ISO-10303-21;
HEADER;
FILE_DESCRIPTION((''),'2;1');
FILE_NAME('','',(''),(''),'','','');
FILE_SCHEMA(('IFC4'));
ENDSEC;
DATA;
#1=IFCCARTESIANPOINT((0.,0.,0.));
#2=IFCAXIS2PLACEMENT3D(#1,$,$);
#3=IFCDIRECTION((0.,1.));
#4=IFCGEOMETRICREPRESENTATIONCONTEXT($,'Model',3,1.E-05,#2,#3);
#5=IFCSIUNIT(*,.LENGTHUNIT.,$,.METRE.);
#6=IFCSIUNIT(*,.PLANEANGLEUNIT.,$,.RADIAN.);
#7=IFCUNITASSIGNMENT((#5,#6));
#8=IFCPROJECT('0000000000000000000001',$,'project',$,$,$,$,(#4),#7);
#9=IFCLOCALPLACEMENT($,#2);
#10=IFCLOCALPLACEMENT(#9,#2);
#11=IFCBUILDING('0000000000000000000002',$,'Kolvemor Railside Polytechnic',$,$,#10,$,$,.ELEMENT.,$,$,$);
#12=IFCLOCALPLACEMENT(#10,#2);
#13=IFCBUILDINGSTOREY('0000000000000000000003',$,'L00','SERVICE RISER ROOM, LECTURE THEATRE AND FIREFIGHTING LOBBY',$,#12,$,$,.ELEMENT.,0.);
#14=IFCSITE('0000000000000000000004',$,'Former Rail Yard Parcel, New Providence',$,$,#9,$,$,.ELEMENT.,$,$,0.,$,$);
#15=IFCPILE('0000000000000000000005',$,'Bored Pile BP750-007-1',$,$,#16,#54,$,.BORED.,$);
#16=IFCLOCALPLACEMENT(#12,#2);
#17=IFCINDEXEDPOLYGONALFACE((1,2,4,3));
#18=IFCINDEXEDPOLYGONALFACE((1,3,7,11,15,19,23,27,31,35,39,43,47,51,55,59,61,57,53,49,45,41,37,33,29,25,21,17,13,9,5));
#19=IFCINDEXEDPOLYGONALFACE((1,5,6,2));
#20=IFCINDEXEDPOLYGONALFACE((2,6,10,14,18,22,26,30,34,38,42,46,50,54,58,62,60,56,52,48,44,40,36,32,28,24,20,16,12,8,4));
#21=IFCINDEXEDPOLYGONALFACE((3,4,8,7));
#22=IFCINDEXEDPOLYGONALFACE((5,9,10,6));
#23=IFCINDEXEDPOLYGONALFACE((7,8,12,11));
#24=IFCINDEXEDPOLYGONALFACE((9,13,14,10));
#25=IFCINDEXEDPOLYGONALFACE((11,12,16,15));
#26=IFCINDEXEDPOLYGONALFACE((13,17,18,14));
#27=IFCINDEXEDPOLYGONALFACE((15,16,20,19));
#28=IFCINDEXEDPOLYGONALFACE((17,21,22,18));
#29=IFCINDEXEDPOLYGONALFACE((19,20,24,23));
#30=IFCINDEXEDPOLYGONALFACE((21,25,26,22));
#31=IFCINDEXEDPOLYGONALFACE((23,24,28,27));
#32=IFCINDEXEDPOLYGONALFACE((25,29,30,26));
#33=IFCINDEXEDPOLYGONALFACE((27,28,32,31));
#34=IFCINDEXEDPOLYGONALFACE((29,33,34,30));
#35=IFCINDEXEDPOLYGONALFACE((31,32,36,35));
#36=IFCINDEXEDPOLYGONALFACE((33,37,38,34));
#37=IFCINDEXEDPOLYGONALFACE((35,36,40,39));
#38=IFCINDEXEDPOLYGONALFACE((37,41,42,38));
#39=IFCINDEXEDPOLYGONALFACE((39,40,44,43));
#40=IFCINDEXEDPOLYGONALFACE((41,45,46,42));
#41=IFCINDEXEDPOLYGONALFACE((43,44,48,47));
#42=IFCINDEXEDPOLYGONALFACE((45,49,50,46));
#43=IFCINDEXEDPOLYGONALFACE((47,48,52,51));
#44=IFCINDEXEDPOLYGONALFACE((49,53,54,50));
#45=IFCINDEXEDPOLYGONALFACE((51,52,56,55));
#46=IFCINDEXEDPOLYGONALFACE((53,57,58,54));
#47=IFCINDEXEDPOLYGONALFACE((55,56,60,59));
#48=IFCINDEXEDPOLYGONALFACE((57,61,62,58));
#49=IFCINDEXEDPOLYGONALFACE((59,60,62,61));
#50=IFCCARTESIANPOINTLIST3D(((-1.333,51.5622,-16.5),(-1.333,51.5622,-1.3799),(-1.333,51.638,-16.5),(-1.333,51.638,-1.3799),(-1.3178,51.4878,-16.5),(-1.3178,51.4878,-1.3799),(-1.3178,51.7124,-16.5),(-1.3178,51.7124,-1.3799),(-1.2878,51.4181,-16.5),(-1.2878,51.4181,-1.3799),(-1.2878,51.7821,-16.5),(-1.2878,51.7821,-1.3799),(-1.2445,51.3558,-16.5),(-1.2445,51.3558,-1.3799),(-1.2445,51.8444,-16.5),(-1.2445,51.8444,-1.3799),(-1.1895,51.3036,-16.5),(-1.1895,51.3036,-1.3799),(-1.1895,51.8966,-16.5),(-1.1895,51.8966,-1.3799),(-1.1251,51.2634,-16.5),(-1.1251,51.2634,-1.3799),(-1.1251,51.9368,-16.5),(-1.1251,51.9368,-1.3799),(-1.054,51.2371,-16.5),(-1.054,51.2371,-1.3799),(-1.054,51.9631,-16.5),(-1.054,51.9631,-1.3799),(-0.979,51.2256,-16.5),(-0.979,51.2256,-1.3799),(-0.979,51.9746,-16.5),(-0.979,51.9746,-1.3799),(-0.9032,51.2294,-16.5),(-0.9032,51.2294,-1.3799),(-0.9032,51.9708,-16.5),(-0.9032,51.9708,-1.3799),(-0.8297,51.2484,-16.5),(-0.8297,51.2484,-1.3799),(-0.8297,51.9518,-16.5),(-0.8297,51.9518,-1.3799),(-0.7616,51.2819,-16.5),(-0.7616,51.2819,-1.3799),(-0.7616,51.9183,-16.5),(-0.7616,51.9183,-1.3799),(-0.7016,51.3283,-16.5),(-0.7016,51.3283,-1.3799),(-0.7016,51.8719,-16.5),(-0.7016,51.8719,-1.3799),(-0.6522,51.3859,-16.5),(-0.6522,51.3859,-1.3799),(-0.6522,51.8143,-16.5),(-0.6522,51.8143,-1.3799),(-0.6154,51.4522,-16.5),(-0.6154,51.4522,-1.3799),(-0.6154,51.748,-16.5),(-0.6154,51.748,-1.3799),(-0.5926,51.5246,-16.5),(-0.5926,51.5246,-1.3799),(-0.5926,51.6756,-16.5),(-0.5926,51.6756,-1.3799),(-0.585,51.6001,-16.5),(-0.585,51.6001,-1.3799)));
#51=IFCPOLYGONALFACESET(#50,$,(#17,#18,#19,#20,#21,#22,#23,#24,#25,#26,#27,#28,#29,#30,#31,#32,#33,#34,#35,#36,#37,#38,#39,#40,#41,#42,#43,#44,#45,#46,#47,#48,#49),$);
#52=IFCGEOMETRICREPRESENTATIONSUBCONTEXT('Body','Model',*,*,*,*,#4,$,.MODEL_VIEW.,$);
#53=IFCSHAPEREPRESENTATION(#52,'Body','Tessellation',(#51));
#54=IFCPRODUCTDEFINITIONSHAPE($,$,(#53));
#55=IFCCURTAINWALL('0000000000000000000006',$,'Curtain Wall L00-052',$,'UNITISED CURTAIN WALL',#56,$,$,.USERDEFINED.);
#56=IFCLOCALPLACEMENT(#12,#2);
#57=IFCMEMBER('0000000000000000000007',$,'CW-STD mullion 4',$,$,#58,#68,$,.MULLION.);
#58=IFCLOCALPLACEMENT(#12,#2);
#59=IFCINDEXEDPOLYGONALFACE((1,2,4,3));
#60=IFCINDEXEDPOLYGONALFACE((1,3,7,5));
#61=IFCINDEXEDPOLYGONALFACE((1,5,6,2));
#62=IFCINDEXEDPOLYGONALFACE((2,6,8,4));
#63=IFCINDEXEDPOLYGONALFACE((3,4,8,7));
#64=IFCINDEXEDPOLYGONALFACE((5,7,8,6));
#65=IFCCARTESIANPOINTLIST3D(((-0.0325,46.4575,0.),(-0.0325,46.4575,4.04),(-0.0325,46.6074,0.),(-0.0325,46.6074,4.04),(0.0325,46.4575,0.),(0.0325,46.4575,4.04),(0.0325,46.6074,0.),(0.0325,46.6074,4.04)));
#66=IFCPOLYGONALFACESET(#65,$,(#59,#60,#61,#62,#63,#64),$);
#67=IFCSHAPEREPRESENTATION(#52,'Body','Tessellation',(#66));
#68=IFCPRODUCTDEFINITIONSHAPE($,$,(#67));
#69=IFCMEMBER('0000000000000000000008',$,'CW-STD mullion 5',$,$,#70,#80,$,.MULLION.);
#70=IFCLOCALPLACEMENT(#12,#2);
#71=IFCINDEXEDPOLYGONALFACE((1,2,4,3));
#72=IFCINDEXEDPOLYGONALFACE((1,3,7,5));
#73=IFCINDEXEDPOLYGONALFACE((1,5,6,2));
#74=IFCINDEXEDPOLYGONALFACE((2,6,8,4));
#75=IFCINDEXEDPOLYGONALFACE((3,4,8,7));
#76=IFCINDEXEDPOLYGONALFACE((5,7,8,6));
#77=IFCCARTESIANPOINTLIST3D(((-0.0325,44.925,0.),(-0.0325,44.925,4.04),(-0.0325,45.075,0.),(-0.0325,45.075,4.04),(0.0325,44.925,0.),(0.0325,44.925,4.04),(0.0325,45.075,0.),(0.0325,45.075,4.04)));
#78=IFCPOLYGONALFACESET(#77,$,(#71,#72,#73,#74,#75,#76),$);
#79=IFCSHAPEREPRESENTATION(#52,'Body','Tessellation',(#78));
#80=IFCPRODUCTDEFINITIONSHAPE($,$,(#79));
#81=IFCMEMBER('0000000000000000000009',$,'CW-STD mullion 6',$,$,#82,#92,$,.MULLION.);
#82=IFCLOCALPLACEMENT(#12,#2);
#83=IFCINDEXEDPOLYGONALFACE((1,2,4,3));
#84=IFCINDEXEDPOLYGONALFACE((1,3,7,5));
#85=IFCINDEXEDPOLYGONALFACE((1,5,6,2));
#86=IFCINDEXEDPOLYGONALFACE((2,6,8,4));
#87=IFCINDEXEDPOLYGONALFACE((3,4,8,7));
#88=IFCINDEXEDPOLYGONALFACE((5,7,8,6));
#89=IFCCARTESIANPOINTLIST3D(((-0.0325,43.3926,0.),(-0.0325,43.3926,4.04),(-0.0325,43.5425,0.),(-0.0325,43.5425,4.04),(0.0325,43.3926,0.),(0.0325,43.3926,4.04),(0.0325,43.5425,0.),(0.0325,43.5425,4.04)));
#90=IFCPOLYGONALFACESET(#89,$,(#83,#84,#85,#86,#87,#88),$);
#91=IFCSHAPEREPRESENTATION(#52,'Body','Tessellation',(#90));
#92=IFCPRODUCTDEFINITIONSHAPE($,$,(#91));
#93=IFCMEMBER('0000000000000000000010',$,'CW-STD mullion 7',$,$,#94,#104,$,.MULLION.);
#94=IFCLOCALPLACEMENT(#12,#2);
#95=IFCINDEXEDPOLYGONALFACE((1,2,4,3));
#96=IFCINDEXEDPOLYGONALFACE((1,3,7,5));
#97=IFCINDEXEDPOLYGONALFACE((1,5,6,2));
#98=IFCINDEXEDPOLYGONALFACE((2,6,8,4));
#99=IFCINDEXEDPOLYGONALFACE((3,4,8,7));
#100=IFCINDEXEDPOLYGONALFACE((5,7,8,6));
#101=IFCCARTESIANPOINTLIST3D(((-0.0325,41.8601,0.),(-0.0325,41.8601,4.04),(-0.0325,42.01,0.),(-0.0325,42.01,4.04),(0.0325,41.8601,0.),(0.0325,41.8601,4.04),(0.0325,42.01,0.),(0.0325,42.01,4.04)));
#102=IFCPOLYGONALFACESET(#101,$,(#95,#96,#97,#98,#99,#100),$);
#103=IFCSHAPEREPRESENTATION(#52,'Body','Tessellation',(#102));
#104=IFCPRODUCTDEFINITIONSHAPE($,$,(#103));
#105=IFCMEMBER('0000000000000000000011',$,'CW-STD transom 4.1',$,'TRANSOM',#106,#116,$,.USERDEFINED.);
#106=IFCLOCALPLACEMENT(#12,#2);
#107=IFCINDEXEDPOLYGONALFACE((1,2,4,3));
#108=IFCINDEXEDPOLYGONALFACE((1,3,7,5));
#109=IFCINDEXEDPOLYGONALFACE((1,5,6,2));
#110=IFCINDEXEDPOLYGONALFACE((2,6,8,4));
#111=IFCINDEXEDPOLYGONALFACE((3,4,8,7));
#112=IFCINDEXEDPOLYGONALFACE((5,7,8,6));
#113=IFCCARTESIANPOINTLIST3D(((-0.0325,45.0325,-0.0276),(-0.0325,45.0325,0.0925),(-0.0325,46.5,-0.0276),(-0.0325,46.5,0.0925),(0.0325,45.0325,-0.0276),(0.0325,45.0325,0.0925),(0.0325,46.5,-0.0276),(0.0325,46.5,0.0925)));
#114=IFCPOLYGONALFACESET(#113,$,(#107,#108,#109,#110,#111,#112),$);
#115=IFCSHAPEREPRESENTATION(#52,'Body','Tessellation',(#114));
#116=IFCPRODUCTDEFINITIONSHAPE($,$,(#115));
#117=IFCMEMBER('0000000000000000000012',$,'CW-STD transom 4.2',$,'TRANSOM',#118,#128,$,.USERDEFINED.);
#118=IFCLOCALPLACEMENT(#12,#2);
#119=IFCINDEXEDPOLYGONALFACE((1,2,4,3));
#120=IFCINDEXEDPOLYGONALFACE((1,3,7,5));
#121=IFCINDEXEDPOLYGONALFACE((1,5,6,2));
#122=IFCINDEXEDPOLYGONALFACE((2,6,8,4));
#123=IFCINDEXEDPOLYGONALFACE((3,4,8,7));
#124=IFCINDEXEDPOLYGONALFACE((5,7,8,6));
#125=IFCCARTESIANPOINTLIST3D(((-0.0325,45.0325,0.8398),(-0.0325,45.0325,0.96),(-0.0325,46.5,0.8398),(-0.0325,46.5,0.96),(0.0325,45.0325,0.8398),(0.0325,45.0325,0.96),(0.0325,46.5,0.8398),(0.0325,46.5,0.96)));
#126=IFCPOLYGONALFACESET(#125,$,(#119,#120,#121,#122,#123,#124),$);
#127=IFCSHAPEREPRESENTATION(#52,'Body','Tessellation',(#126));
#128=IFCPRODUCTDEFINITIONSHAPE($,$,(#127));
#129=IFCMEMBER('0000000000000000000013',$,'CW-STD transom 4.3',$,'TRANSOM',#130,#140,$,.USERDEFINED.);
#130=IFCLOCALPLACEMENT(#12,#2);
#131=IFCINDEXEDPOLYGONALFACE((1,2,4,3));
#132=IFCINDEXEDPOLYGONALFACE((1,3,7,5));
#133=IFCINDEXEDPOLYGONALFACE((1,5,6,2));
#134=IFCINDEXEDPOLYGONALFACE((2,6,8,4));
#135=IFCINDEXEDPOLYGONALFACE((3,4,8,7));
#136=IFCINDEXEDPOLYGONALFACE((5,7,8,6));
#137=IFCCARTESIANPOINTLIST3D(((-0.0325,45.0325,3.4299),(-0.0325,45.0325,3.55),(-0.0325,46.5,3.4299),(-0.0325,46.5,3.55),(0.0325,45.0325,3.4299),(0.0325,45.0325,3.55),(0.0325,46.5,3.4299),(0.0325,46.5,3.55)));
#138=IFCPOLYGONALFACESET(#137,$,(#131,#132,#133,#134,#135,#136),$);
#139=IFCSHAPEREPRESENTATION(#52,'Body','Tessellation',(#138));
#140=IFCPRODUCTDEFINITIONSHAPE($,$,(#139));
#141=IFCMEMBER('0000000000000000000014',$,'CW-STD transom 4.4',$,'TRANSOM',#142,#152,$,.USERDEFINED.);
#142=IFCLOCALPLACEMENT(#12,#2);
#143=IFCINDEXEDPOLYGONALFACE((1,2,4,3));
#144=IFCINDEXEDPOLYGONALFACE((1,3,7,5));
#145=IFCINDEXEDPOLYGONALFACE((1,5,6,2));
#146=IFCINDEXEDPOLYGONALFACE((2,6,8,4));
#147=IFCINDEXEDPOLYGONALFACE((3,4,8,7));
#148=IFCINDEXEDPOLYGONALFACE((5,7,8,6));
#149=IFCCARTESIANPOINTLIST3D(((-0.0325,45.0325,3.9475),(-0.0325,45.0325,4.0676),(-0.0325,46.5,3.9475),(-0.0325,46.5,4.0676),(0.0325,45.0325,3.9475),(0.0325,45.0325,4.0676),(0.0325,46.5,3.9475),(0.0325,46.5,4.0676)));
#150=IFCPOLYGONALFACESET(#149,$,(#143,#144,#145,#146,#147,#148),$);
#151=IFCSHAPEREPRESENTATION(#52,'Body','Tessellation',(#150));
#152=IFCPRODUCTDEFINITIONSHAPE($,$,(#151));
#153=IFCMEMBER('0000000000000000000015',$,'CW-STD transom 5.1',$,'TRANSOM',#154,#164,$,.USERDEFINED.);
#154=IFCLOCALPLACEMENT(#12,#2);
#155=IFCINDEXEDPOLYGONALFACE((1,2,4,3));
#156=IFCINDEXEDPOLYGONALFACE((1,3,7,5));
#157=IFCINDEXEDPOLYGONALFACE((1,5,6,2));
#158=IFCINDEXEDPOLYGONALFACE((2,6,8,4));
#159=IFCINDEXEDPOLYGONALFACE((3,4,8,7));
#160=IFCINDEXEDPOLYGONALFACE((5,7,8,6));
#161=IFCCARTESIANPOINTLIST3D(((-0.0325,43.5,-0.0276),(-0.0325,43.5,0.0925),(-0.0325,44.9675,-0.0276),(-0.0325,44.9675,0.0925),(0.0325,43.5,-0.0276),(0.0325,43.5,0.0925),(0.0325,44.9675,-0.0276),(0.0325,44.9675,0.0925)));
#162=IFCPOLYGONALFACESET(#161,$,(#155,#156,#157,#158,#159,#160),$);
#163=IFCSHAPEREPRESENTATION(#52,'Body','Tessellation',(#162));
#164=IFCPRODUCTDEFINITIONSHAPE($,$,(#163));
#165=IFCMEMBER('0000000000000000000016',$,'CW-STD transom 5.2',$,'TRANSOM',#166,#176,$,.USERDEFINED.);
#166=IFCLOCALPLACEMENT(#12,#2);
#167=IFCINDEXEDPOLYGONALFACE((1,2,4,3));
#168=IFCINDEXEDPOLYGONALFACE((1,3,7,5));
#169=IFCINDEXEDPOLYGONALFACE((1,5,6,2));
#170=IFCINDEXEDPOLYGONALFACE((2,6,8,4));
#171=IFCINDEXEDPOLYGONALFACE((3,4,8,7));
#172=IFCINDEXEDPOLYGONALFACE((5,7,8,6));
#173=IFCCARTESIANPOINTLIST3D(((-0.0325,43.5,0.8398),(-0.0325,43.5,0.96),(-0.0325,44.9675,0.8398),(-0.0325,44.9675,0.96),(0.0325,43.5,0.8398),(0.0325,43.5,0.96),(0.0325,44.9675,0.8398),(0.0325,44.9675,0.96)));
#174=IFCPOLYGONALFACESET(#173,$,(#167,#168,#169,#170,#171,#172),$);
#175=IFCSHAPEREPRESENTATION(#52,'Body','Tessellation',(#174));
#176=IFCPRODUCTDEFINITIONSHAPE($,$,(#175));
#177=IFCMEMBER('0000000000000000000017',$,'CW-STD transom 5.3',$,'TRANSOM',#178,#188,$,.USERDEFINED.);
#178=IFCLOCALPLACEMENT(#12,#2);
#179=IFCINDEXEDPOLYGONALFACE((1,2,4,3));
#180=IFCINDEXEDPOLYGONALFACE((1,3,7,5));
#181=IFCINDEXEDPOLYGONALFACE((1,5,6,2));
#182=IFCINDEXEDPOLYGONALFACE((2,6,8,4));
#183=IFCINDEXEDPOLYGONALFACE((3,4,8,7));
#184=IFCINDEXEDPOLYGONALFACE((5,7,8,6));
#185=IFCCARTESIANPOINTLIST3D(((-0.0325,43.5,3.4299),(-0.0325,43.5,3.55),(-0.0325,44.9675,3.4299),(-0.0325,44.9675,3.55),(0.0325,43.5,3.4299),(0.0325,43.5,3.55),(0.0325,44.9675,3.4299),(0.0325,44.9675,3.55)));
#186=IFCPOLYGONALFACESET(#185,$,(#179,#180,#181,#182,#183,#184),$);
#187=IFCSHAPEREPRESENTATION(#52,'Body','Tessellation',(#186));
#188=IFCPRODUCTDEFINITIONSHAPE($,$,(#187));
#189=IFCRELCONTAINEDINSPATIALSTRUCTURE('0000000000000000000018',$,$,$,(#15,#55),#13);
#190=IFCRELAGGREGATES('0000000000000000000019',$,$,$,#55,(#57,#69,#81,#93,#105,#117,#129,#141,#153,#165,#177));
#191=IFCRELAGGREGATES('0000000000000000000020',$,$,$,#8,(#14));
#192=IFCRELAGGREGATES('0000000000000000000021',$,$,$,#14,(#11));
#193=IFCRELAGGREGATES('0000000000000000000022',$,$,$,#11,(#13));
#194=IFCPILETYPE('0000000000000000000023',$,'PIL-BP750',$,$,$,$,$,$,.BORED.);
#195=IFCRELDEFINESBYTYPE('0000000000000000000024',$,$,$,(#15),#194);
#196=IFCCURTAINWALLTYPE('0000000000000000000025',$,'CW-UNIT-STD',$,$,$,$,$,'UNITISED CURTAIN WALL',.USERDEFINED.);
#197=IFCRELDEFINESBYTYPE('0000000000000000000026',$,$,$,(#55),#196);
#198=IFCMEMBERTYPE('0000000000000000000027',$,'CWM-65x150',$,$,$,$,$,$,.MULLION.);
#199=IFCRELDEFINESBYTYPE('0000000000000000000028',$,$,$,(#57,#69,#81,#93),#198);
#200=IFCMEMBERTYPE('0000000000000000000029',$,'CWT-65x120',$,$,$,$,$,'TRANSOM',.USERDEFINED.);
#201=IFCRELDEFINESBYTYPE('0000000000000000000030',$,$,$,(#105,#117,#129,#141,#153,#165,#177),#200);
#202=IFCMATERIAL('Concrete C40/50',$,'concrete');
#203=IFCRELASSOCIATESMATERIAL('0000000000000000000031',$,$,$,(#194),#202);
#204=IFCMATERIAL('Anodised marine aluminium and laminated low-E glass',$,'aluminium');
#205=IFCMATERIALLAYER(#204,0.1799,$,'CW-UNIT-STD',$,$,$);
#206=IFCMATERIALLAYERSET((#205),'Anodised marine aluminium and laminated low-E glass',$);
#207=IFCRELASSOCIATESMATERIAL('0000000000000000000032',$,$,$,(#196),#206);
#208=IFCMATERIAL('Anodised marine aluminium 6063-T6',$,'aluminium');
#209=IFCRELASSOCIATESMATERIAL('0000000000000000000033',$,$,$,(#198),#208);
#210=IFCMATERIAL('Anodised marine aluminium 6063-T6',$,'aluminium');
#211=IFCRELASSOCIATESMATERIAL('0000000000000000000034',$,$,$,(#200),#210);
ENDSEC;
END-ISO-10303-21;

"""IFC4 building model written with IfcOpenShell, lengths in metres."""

from ifc_helpers import new_model, si_unit, direction, frame, origin, origin_2d, place, context, subcontext, project, spatial, rectangle, circle, extrude, material, layer, layer_set, material_profile, profile_set, type_object, element, aggregate, save


model = new_model("IFC4")

# Units and contexts
model_context = context("Model", 3, precision=1e-05, world=origin(), true_north=direction((0.0, 1.0)))
body_context = subcontext(model_context, "Body", "Model", "MODEL_VIEW")
ifc_project = project(units=[si_unit("LENGTHUNIT", "METRE"), si_unit("PLANEANGLEUNIT", "RADIAN")], contexts=[model_context])

# Site, building, storey
site_placement = place(None, origin())
site = spatial("IfcSite", under=ifc_project, at=site_placement, Name="Former Rail Yard Parcel, New Providence", CompositionType="ELEMENT", RefElevation=0.0)
building_placement = place(site_placement, origin())
building = spatial("IfcBuilding", under=site, at=building_placement, Name="Kolvemor Railside Polytechnic", CompositionType="ELEMENT")
storey_placement = place(building_placement, origin())
storey = spatial("IfcBuildingStorey", under=building, at=storey_placement, Name="L00", Description="SERVICE RISER ROOM, LECTURE THEATRE AND FIREFIGHTING LOBBY", CompositionType="ELEMENT", Elevation=0.0)

# Pile
ifc_material_1 = material(Name="Concrete C40/50", Category="concrete")
ifc_material_profile_1 = material_profile(ifc_material_1, circle(Radius=0.375, at=origin_2d()), Name="BP750")
ifc_profile_set_1 = profile_set([ifc_material_profile_1], Name="Concrete C40/50")
pile_type = type_object("IfcPileType", Name="PIL-BP750", PredefinedType="BORED", material=ifc_profile_set_1)
pile_placement = place(storey_placement, frame((-0.96, 51.6001, -1.3799), z_axis=(0.0, 0.0, -1.0), x_axis=(1.0, 0.0, 0.0)))
element("IfcPile", 1, at=pile_placement, inside=storey, type_object=pile_type, Name="Bored Pile BP750-007-1", PredefinedType="BORED", context=body_context, shape_type="SweptSolid", body=[
    extrude(circle(Radius=0.375, at=origin_2d()), origin(), (0.0, 0.0, 1.0), 15.1201),
])

# Curtain wall, members
ifc_material_2 = material(Name="Anodised marine aluminium and laminated low-E glass", Category="aluminium")
ifc_layer_1 = layer(ifc_material_2, 0.1799, Name="CW-UNIT-STD")
ifc_layer_set_1 = layer_set([ifc_layer_1], Name="Anodised marine aluminium and laminated low-E glass")
curtain_wall_type = type_object("IfcCurtainWallType", Name="CW-UNIT-STD", ElementType="UNITISED CURTAIN WALL", PredefinedType="USERDEFINED", material=ifc_layer_set_1)
curtain_wall_placement = place(storey_placement, origin())
curtain_wall = element("IfcCurtainWall", 2, at=curtain_wall_placement, inside=storey, type_object=curtain_wall_type, Name="Curtain Wall L00-052", ObjectType="UNITISED CURTAIN WALL", PredefinedType="USERDEFINED")
ifc_material_3 = material(Name="Anodised marine aluminium 6063-T6", Category="aluminium")
ifc_material_profile_2 = material_profile(ifc_material_3, rectangle(XDim=0.0649, YDim=0.1499, at=origin_2d()), Name="CW-MUL-65x150")
ifc_profile_set_2 = profile_set([ifc_material_profile_2], Name="Anodised marine aluminium 6063-T6")
member_type_1 = type_object("IfcMemberType", Name="CWM-65x150", PredefinedType="MULLION", material=ifc_profile_set_2)
member_1_placement = place(storey_placement, frame((0.0, 46.5325, 0.0), z_axis=(0.0, 0.0, 1.0), x_axis=(1.0, 0.0, 0.0)))
member_1 = element("IfcMember", 3, at=member_1_placement, type_object=member_type_1, Name="CW-STD mullion 4", PredefinedType="MULLION", context=body_context, shape_type="SweptSolid", body=[
    extrude(rectangle(XDim=0.0649, YDim=0.1499, at=origin_2d()), origin(), (0.0, 0.0, 1.0), 4.04),
])
member_2_placement = place(storey_placement, frame((0.0, 45.0, 0.0), z_axis=(0.0, 0.0, 1.0), x_axis=(1.0, 0.0, 0.0)))
member_2 = element("IfcMember", 4, at=member_2_placement, type_object=member_type_1, Name="CW-STD mullion 5", PredefinedType="MULLION", context=body_context, shape_type="SweptSolid", body=[
    extrude(rectangle(XDim=0.0649, YDim=0.1499, at=origin_2d()), origin(), (0.0, 0.0, 1.0), 4.04),
])
member_3_placement = place(storey_placement, frame((0.0, 43.4675, 0.0), z_axis=(0.0, 0.0, 1.0), x_axis=(1.0, 0.0, 0.0)))
member_3 = element("IfcMember", 5, at=member_3_placement, type_object=member_type_1, Name="CW-STD mullion 6", PredefinedType="MULLION", context=body_context, shape_type="SweptSolid", body=[
    extrude(rectangle(XDim=0.0649, YDim=0.1499, at=origin_2d()), origin(), (0.0, 0.0, 1.0), 4.04),
])
member_4_placement = place(storey_placement, frame((0.0, 41.9351, 0.0), z_axis=(0.0, 0.0, 1.0), x_axis=(1.0, 0.0, 0.0)))
member_4 = element("IfcMember", 6, at=member_4_placement, type_object=member_type_1, Name="CW-STD mullion 7", PredefinedType="MULLION", context=body_context, shape_type="SweptSolid", body=[
    extrude(rectangle(XDim=0.0649, YDim=0.1499, at=origin_2d()), origin(), (0.0, 0.0, 1.0), 4.04),
])
ifc_material_4 = material(Name="Anodised marine aluminium 6063-T6", Category="aluminium")
ifc_material_profile_3 = material_profile(ifc_material_4, rectangle(XDim=0.0649, YDim=0.1201, at=origin_2d()), Name="CW-TRN-65x120")
ifc_profile_set_3 = profile_set([ifc_material_profile_3], Name="Anodised marine aluminium 6063-T6")
member_type_2 = type_object("IfcMemberType", Name="CWT-65x120", ElementType="TRANSOM", PredefinedType="USERDEFINED", material=ifc_profile_set_3)
member_5_placement = place(storey_placement, frame((0.0, 46.5, 0.0325), z_axis=(0.0, -1.0, 0.0), x_axis=(1.0, 0.0, 0.0)))
member_5 = element("IfcMember", 7, at=member_5_placement, type_object=member_type_2, Name="CW-STD transom 4.1", ObjectType="TRANSOM", PredefinedType="USERDEFINED", context=body_context, shape_type="SweptSolid", body=[
    extrude(rectangle(XDim=0.0649, YDim=0.1201, at=origin_2d()), origin(), (0.0, 0.0, 1.0), 1.4675),
])
member_6_placement = place(storey_placement, frame((0.0, 46.5, 0.8999), z_axis=(0.0, -1.0, 0.0), x_axis=(1.0, 0.0, 0.0)))
member_6 = element("IfcMember", 8, at=member_6_placement, type_object=member_type_2, Name="CW-STD transom 4.2", ObjectType="TRANSOM", PredefinedType="USERDEFINED", context=body_context, shape_type="SweptSolid", body=[
    extrude(rectangle(XDim=0.0649, YDim=0.1201, at=origin_2d()), origin(), (0.0, 0.0, 1.0), 1.4675),
])
member_7_placement = place(storey_placement, frame((0.0, 46.5, 3.49), z_axis=(0.0, -1.0, 0.0), x_axis=(1.0, 0.0, 0.0)))
member_7 = element("IfcMember", 9, at=member_7_placement, type_object=member_type_2, Name="CW-STD transom 4.3", ObjectType="TRANSOM", PredefinedType="USERDEFINED", context=body_context, shape_type="SweptSolid", body=[
    extrude(rectangle(XDim=0.0649, YDim=0.1201, at=origin_2d()), origin(), (0.0, 0.0, 1.0), 1.4675),
])
member_8_placement = place(storey_placement, frame((0.0, 46.5, 4.0076), z_axis=(0.0, -1.0, 0.0), x_axis=(1.0, 0.0, 0.0)))
member_8 = element("IfcMember", 10, at=member_8_placement, type_object=member_type_2, Name="CW-STD transom 4.4", ObjectType="TRANSOM", PredefinedType="USERDEFINED", context=body_context, shape_type="SweptSolid", body=[
    extrude(rectangle(XDim=0.0649, YDim=0.1201, at=origin_2d()), origin(), (0.0, 0.0, 1.0), 1.4675),
])
member_9_placement = place(storey_placement, frame((0.0, 44.9675, 0.0325), z_axis=(0.0, -1.0, 0.0), x_axis=(1.0, 0.0, 0.0)))
member_9 = element("IfcMember", 11, at=member_9_placement, type_object=member_type_2, Name="CW-STD transom 5.1", ObjectType="TRANSOM", PredefinedType="USERDEFINED", context=body_context, shape_type="SweptSolid", body=[
    extrude(rectangle(XDim=0.0649, YDim=0.1201, at=origin_2d()), origin(), (0.0, 0.0, 1.0), 1.4675),
])
member_10_placement = place(storey_placement, frame((0.0, 44.9675, 0.8999), z_axis=(0.0, -1.0, 0.0), x_axis=(1.0, 0.0, 0.0)))
member_10 = element("IfcMember", 12, at=member_10_placement, type_object=member_type_2, Name="CW-STD transom 5.2", ObjectType="TRANSOM", PredefinedType="USERDEFINED", context=body_context, shape_type="SweptSolid", body=[
    extrude(rectangle(XDim=0.0649, YDim=0.1201, at=origin_2d()), origin(), (0.0, 0.0, 1.0), 1.4675),
])
member_11_placement = place(storey_placement, frame((0.0, 44.9675, 3.49), z_axis=(0.0, -1.0, 0.0), x_axis=(1.0, 0.0, 0.0)))
member_11 = element("IfcMember", 13, at=member_11_placement, type_object=member_type_2, Name="CW-STD transom 5.3", ObjectType="TRANSOM", PredefinedType="USERDEFINED", context=body_context, shape_type="SweptSolid", body=[
    extrude(rectangle(XDim=0.0649, YDim=0.1201, at=origin_2d()), origin(), (0.0, 0.0, 1.0), 1.4675),
])
aggregate(curtain_wall, [member_1, member_2, member_3, member_4, member_5, member_6, member_7, member_8, member_9, member_10, member_11])

save(model, "model.ifc")
